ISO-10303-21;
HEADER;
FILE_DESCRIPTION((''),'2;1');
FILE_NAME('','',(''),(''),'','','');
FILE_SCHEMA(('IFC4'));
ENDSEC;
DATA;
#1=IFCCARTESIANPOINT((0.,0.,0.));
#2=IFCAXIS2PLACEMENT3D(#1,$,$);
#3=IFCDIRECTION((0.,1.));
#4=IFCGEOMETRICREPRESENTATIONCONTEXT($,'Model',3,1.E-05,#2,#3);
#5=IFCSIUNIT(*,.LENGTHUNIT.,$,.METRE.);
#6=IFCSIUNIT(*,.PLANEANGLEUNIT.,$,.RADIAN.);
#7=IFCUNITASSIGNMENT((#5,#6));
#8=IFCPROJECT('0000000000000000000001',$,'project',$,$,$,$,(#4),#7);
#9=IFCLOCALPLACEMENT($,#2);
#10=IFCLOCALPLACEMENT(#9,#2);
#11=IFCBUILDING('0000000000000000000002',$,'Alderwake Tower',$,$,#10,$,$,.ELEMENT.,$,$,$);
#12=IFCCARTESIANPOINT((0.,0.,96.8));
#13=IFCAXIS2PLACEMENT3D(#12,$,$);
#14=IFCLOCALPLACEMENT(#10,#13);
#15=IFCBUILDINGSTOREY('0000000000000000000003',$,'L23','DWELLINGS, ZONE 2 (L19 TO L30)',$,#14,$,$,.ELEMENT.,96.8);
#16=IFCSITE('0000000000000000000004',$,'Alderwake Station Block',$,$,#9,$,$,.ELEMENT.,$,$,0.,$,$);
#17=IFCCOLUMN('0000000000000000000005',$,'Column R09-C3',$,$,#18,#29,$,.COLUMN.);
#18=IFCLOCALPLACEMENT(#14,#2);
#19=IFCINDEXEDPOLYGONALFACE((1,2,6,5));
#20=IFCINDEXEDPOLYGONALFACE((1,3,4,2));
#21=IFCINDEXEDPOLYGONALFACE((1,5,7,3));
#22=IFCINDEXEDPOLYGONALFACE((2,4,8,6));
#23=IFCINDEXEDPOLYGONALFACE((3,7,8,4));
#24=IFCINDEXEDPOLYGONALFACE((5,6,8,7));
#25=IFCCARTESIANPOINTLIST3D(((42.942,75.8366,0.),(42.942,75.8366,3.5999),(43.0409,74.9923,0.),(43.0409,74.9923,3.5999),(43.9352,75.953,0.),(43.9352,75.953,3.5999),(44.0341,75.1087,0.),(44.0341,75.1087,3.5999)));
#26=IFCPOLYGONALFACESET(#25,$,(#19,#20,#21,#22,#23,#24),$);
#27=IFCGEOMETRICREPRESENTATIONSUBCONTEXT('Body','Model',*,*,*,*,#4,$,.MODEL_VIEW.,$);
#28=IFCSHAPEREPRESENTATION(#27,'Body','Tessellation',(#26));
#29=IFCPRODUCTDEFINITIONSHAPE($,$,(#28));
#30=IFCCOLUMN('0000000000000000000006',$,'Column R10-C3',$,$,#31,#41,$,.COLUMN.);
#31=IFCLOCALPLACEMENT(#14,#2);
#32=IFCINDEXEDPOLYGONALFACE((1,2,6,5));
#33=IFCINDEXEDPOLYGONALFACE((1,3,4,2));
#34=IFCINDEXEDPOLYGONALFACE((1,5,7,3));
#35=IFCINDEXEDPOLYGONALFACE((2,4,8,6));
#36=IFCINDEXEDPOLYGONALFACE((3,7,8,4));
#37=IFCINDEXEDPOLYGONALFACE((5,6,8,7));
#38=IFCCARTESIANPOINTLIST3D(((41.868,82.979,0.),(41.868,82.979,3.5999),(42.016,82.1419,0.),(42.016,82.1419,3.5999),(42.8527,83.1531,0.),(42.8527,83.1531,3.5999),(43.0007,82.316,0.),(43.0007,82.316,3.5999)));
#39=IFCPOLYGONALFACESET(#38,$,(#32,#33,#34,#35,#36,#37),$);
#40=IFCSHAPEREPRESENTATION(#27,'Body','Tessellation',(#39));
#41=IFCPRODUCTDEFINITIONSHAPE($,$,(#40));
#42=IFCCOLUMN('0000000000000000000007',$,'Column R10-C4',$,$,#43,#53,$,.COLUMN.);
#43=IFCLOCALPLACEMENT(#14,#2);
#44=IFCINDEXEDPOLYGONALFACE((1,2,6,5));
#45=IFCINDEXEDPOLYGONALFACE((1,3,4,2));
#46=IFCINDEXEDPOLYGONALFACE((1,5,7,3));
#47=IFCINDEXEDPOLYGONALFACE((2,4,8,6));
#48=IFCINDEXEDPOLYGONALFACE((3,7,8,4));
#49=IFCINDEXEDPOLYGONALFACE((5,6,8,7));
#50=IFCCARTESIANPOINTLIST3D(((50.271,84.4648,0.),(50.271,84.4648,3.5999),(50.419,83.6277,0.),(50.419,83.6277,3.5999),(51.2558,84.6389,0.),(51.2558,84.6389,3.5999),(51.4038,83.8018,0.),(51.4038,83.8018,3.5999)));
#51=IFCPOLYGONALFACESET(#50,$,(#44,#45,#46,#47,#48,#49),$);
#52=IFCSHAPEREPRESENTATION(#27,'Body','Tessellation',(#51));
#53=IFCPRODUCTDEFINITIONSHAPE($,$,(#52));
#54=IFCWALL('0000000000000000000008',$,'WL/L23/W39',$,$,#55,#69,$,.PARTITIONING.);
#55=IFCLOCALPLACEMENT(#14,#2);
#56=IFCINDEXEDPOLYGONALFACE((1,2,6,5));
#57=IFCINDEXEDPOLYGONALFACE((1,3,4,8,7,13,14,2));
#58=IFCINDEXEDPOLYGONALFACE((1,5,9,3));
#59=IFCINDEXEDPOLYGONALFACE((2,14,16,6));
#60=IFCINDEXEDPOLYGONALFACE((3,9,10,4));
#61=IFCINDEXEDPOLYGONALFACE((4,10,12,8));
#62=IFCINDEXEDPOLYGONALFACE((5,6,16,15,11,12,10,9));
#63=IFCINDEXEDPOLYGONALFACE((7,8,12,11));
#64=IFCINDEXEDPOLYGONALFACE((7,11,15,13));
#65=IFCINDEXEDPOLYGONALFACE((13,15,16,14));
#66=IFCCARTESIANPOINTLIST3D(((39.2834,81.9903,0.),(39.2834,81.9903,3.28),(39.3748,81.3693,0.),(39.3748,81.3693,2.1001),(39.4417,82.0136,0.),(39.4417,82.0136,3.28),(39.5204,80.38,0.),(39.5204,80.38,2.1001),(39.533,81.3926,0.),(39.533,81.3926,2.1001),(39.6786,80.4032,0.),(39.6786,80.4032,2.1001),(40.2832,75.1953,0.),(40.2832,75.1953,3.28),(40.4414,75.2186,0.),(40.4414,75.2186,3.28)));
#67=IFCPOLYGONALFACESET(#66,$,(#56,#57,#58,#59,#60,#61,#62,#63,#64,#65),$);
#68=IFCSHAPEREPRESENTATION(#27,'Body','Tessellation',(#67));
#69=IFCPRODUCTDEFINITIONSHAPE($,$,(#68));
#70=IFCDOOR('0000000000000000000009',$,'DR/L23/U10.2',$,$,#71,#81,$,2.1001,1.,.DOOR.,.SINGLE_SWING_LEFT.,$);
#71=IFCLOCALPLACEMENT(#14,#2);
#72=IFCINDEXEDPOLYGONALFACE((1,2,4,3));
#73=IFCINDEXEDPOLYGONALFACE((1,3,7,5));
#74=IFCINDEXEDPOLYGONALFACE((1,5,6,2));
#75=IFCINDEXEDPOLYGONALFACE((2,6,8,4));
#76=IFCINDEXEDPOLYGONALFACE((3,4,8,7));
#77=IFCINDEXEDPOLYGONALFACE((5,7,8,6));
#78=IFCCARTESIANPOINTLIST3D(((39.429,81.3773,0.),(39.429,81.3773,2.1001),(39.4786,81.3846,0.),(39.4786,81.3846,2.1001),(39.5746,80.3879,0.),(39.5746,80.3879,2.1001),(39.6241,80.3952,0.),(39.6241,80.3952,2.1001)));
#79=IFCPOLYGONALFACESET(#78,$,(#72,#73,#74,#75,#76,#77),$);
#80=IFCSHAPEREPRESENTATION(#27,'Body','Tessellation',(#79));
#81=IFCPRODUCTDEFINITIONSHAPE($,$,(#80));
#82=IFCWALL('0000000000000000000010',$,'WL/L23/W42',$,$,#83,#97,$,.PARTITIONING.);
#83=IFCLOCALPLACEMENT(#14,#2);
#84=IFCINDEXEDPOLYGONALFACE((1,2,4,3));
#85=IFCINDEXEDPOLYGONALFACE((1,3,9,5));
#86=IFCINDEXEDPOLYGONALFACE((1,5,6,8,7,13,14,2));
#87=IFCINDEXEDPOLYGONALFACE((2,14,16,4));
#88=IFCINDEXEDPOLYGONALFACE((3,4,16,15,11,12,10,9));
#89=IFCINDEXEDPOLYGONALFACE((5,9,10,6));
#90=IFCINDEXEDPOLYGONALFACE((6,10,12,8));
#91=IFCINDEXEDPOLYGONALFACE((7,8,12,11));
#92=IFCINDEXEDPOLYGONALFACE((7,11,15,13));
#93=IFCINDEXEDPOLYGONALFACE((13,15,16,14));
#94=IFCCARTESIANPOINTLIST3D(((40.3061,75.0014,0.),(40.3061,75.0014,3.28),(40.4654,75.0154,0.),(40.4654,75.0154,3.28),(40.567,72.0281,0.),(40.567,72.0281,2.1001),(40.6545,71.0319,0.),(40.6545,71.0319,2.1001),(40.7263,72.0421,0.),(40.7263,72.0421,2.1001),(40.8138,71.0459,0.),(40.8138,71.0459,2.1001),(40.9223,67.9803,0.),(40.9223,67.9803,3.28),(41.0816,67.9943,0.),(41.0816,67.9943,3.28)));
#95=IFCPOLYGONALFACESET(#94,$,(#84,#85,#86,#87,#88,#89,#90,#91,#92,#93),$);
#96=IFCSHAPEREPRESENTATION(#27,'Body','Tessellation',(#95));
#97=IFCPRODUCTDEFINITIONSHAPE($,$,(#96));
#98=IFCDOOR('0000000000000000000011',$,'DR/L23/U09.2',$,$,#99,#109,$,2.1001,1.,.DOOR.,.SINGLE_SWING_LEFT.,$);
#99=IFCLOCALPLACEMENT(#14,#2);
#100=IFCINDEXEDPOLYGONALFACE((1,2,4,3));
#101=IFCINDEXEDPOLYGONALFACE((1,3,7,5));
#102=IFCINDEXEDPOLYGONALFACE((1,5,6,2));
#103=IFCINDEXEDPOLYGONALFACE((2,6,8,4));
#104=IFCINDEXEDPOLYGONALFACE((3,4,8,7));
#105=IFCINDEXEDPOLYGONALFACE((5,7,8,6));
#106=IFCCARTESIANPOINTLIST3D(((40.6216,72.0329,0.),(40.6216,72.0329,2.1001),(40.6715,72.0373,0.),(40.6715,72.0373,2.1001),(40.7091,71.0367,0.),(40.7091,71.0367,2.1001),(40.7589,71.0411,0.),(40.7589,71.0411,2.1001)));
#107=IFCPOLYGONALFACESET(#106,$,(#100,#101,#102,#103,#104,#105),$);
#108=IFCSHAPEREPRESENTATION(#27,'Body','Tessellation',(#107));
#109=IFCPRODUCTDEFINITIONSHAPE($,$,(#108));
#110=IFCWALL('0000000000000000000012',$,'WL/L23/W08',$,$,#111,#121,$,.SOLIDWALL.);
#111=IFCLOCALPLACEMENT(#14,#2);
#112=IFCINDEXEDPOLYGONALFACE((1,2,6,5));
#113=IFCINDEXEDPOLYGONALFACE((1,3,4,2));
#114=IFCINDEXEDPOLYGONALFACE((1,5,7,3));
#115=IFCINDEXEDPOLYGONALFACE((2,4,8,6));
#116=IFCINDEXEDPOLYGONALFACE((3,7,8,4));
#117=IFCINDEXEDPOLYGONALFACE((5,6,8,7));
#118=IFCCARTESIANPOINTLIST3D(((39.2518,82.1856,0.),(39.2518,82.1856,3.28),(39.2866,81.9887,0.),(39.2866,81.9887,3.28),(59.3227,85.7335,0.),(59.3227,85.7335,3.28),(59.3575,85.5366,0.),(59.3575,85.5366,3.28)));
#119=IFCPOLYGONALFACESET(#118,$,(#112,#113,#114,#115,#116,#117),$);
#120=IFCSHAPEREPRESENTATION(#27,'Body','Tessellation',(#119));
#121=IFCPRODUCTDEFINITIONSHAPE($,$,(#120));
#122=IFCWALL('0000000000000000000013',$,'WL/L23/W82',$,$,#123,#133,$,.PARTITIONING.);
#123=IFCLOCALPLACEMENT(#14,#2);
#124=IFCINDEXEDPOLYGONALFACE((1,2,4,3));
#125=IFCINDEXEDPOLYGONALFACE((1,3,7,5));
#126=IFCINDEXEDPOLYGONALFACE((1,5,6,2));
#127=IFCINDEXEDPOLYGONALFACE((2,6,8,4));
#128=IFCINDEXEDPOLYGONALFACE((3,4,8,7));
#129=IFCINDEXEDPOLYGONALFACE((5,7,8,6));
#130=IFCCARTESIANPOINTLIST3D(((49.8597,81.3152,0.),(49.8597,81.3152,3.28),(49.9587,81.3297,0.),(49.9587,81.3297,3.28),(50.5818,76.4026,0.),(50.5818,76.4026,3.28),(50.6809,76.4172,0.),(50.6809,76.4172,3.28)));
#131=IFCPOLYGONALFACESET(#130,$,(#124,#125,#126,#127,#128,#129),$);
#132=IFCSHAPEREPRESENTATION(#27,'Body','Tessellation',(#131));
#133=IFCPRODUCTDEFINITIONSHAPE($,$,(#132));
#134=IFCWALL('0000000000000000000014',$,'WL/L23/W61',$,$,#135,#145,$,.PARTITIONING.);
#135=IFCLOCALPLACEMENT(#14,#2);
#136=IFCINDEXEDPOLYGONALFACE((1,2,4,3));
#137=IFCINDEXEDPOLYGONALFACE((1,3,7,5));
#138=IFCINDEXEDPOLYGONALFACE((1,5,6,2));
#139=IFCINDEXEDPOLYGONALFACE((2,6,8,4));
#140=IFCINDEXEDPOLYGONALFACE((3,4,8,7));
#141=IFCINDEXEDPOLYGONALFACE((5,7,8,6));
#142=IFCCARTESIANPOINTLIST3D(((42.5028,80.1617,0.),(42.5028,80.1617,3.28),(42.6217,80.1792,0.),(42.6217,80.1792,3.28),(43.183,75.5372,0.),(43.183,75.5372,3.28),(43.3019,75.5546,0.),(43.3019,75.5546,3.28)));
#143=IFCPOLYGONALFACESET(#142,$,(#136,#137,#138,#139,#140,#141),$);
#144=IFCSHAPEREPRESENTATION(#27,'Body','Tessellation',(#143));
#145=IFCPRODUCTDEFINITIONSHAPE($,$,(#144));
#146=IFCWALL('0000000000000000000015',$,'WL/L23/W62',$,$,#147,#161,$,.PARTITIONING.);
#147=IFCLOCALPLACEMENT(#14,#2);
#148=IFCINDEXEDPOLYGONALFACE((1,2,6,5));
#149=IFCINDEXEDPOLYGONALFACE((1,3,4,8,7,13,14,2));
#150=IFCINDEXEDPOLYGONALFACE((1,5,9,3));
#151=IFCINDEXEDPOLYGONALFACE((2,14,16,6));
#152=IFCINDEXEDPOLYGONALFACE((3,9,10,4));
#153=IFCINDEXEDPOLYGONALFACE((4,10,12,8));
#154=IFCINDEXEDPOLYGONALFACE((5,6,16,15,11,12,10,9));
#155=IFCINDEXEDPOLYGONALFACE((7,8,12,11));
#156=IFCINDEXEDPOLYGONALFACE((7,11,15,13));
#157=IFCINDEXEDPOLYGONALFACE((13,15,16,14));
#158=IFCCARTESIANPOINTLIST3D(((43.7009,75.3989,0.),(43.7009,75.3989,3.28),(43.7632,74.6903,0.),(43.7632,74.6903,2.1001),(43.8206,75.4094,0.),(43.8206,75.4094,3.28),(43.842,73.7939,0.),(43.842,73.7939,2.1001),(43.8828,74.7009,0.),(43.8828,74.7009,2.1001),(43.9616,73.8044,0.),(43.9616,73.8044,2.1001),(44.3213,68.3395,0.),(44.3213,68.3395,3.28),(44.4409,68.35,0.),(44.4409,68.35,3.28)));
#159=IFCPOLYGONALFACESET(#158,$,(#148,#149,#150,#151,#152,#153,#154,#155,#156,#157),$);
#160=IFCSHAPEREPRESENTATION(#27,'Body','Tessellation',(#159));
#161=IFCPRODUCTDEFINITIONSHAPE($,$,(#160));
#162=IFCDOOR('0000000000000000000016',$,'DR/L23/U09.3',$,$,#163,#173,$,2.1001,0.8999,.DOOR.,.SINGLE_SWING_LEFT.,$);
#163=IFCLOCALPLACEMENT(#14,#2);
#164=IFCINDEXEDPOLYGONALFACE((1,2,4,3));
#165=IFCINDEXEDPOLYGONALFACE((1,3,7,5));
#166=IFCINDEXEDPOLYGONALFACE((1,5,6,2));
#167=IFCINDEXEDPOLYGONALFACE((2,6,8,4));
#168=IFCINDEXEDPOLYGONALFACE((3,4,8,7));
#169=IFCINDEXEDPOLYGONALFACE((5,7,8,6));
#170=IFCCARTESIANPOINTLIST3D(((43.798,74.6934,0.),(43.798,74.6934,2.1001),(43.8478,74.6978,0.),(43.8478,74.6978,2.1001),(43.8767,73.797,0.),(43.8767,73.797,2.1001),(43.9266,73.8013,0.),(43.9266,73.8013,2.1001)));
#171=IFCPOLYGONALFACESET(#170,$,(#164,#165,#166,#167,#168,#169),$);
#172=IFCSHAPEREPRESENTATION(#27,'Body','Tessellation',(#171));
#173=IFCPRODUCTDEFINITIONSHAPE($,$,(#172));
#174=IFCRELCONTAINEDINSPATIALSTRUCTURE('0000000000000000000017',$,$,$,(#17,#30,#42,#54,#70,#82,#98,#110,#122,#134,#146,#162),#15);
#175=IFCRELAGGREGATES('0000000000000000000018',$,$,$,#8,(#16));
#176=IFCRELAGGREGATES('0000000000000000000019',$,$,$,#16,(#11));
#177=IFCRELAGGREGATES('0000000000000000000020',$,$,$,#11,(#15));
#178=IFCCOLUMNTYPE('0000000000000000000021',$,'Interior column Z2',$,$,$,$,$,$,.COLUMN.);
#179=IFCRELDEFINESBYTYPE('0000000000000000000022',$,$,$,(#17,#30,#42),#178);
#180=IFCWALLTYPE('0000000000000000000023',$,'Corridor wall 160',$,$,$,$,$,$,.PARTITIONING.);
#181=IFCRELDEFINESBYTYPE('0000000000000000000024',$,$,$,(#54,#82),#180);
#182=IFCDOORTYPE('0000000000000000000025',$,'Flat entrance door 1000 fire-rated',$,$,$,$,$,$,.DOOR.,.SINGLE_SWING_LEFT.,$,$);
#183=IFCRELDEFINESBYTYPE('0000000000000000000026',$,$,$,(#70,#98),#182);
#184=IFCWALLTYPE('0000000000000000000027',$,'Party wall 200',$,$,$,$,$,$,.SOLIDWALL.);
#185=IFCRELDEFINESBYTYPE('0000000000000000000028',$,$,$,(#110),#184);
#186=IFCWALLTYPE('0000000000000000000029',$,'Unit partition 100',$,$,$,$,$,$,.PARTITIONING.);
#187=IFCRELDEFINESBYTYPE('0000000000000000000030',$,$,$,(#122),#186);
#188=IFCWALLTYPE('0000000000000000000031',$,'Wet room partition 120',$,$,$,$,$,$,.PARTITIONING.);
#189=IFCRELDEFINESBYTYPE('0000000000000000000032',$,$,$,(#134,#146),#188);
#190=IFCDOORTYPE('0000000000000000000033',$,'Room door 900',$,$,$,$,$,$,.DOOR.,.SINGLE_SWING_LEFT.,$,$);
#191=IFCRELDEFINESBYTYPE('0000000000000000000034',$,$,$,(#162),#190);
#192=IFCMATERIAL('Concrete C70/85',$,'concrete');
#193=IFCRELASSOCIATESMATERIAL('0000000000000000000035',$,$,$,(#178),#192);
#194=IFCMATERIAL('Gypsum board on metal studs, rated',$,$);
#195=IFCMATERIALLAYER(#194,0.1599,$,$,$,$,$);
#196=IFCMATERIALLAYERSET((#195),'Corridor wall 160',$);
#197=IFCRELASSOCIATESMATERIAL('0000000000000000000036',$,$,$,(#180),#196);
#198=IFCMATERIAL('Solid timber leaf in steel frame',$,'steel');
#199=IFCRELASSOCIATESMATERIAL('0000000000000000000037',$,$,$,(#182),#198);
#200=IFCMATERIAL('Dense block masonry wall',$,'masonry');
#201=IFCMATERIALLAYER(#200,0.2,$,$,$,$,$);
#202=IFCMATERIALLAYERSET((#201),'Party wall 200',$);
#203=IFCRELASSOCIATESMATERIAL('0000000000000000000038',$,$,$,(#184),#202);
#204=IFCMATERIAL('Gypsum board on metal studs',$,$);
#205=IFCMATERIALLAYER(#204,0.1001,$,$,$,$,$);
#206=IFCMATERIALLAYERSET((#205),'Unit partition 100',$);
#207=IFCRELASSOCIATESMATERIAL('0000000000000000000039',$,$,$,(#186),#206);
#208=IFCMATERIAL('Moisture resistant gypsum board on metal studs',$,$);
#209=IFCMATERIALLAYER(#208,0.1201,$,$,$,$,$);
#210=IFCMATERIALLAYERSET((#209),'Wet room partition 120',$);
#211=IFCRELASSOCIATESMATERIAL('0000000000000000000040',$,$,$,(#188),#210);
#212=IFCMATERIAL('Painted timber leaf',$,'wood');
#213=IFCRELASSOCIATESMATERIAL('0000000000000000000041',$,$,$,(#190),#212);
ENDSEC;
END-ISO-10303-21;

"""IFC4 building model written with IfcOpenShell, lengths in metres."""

from ifc_helpers import new_model, si_unit, direction, frame, frame_2d, origin, origin_2d, place, context, subcontext, project, spatial, rectangle, extrude, material, layer, layer_set, material_profile, profile_set, type_object, element, fill, save


model = new_model("IFC4")

# Units and contexts
model_context = context("Model", 3, precision=1e-05, world=origin(), true_north=direction((0.0, 1.0)))
body_context = subcontext(model_context, "Body", "Model", "MODEL_VIEW")
ifc_project = project(units=[si_unit("LENGTHUNIT", "METRE"), si_unit("PLANEANGLEUNIT", "RADIAN")], contexts=[model_context])

# Site, building, storey
site_placement = place(None, origin())
site = spatial("IfcSite", under=ifc_project, at=site_placement, Name="Alderwake Station Block", CompositionType="ELEMENT", RefElevation=0.0)
building_placement = place(site_placement, origin())
building = spatial("IfcBuilding", under=site, at=building_placement, Name="Alderwake Tower", CompositionType="ELEMENT")
storey_placement = place(building_placement, frame((0.0, 0.0, 96.8)))
storey = spatial("IfcBuildingStorey", under=building, at=storey_placement, Name="L23", Description="DWELLINGS, ZONE 2 (L19 TO L30)", CompositionType="ELEMENT", Elevation=96.8)

# Columns
ifc_material_1 = material(Name="Concrete C70/85", Category="concrete")
ifc_material_profile = material_profile(ifc_material_1, rectangle(XDim=0.8501, YDim=1.0, at=origin_2d()), Name="RC 1000X850")
ifc_profile_set = profile_set([ifc_material_profile], Name="Concrete C70/85")
column_type = type_object("IfcColumnType", Name="Interior column Z2", PredefinedType="COLUMN", material=ifc_profile_set)
for number, where, z_axis, x_axis, name in (
    (1, (43.488, 75.4727, 0.0), (0.0, 0.0, 1.0), (-0.116402, 0.993202, 0.0), "Column R09-C3"),
    (2, (42.4343, 82.6475, 0.0), (0.0, 0.0, 1.0), (-0.174107, 0.984727, 0.0), "Column R10-C3"),
    (3, (50.8374, 84.1333, 0.0), (0.0, 0.0, 1.0), (-0.174109, 0.984726, 0.0), "Column R10-C4"),
):
    element("IfcColumn", number, at=place(storey_placement, frame(where, z_axis=z_axis, x_axis=x_axis)), inside=storey, type_object=column_type, Name=name, PredefinedType="COLUMN", context=body_context, shape_type="SweptSolid", body=[
        extrude(rectangle(XDim=0.8501, YDim=1.0, at=origin_2d()), origin(), (0.0, 0.0, 1.0), 3.5999),
    ])

# Walls, openings, doors
ifc_material_2 = material(Name="Gypsum board on metal studs, rated")
ifc_layer_1 = layer(ifc_material_2, 0.1599)
ifc_layer_set_1 = layer_set([ifc_layer_1], Name="Corridor wall 160")
wall_type_1 = type_object("IfcWallType", Name="Corridor wall 160", PredefinedType="PARTITIONING", material=ifc_layer_set_1)
wall_1_placement = place(storey_placement, frame((39.3625, 82.002, 0.0), z_axis=(0.0, 0.0, 1.0), x_axis=(0.145566, -0.989349, 0.0)))
wall_1 = element("IfcWall", 4, at=wall_1_placement, inside=storey, type_object=wall_type_1, Name="WL/L23/W39", PredefinedType="PARTITIONING", context=body_context, shape_type="SweptSolid", body=[
    extrude(rectangle(XDim=6.8682, YDim=0.1599, at=frame_2d((3.4341, 0.0))), origin(), (0.0, 0.0, 1.0), 3.28),
])
opening_1_placement = place(wall_1_placement, frame((0.6277, 0.0, 0.0)))
opening_1 = element("IfcOpeningElement", 5, at=opening_1_placement, cuts=wall_1, PredefinedType="OPENING", context=body_context, shape_type="SweptSolid", body=[
    extrude(rectangle(XDim=1.0, YDim=2.1001, at=frame_2d((0.5, 1.05))), frame((0.0, 0.0898, 0.0), z_axis=(0.0, -1.0, 0.0), x_axis=(1.0, 0.0, 0.0)), (0.0, 0.0, 1.0), 0.1799),
])
ifc_material_3 = material(Name="Solid timber leaf in steel frame", Category="steel")
door_type_1 = type_object("IfcDoorType", Name="Flat entrance door 1000 fire-rated", OperationType="SINGLE_SWING_LEFT", PredefinedType="DOOR", material=ifc_material_3)
door_1_placement = place(opening_1_placement, origin())
door_1 = element("IfcDoor", 6, at=door_1_placement, inside=storey, type_object=door_type_1, Name="DR/L23/U10.2", OperationType="SINGLE_SWING_LEFT", OverallHeight=2.1001, OverallWidth=1.0, PredefinedType="DOOR", context=body_context, shape_type="SweptSolid", body=[
    extrude(rectangle(XDim=1.0, YDim=2.1001, at=frame_2d((0.5, 1.05))), frame((0.0, 0.0249, 0.0), z_axis=(0.0, -1.0, 0.0), x_axis=(1.0, 0.0, 0.0)), (0.0, 0.0, 1.0), 0.05),
])
fill(opening_1, door_1)
wall_2_placement = place(storey_placement, frame((40.3857, 75.0083, 0.0), z_axis=(0.0, 0.0, 1.0), x_axis=(0.087431, -0.996171, 0.0)))
wall_2 = element("IfcWall", 7, at=wall_2_placement, inside=storey, type_object=wall_type_1, Name="WL/L23/W42", PredefinedType="PARTITIONING", context=body_context, shape_type="SweptSolid", body=[
    extrude(rectangle(XDim=7.0481, YDim=0.1599, at=frame_2d((3.5239, 0.0))), origin(), (0.0, 0.0, 1.0), 3.28),
])
opening_2_placement = place(wall_2_placement, frame((2.9846, 0.0, 0.0)))
opening_2 = element("IfcOpeningElement", 8, at=opening_2_placement, cuts=wall_2, PredefinedType="OPENING", context=body_context, shape_type="SweptSolid", body=[
    extrude(rectangle(XDim=1.0, YDim=2.1001, at=frame_2d((0.5, 1.05))), frame((0.0, 0.0898, 0.0), z_axis=(0.0, -1.0, 0.0), x_axis=(1.0, 0.0, 0.0)), (0.0, 0.0, 1.0), 0.1799),
])
door_2_placement = place(opening_2_placement, origin())
door_2 = element("IfcDoor", 9, at=door_2_placement, inside=storey, type_object=door_type_1, Name="DR/L23/U09.2", OperationType="SINGLE_SWING_LEFT", OverallHeight=2.1001, OverallWidth=1.0, PredefinedType="DOOR", context=body_context, shape_type="SweptSolid", body=[
    extrude(rectangle(XDim=1.0, YDim=2.1001, at=frame_2d((0.5, 1.05))), frame((0.0, 0.0249, 0.0), z_axis=(0.0, -1.0, 0.0), x_axis=(1.0, 0.0, 0.0)), (0.0, 0.0, 1.0), 0.05),
])
fill(opening_2, door_2)

# Walls
ifc_material_4 = material(Name="Dense block masonry wall", Category="masonry")
ifc_layer_2 = layer(ifc_material_4, 0.2)
ifc_layer_set_2 = layer_set([ifc_layer_2], Name="Party wall 200")
wall_type_2 = type_object("IfcWallType", Name="Party wall 200", PredefinedType="SOLIDWALL", material=ifc_layer_set_2)
wall_3_placement = place(storey_placement, frame((39.2693, 82.0872, 0.0), z_axis=(0.0, 0.0, 1.0), x_axis=(0.984734, 0.174068, 0.0)))
element("IfcWall", 10, at=wall_3_placement, inside=storey, type_object=wall_type_2, Name="WL/L23/W08", PredefinedType="SOLIDWALL", context=body_context, shape_type="SweptSolid", body=[
    extrude(rectangle(XDim=20.3821, YDim=0.2, at=frame_2d((10.1909, 0.0))), origin(), (0.0, 0.0, 1.0), 3.28),
])
ifc_material_5 = material(Name="Gypsum board on metal studs")
ifc_layer_3 = layer(ifc_material_5, 0.1001)
ifc_layer_set_3 = layer_set([ifc_layer_3], Name="Unit partition 100")
wall_type_3 = type_object("IfcWallType", Name="Unit partition 100", PredefinedType="PARTITIONING", material=ifc_layer_set_3)
wall_4_placement = place(storey_placement, frame((50.6313, 76.4099, 0.0), z_axis=(0.0, 0.0, 1.0), x_axis=(-0.14544, 0.989367, 0.0)))
element("IfcWall", 11, at=wall_4_placement, inside=storey, type_object=wall_type_3, Name="WL/L23/W82", PredefinedType="PARTITIONING", context=body_context, shape_type="SweptSolid", body=[
    extrude(rectangle(XDim=4.9653, YDim=0.1001, at=frame_2d((2.4827, 0.0))), origin(), (0.0, 0.0, 1.0), 3.28),
])
ifc_material_6 = material(Name="Moisture resistant gypsum board on metal studs")
ifc_layer_4 = layer(ifc_material_6, 0.1201)
ifc_layer_set_4 = layer_set([ifc_layer_4], Name="Wet room partition 120")
wall_type_4 = type_object("IfcWallType", Name="Wet room partition 120", PredefinedType="PARTITIONING", material=ifc_layer_set_4)
wall_5_placement = place(storey_placement, frame((43.2424, 75.5459, 0.0), z_axis=(0.0, 0.0, 1.0), x_axis=(-0.145515, 0.989356, 0.0)))
element("IfcWall", 12, at=wall_5_placement, inside=storey, type_object=wall_type_4, Name="WL/L23/W61", PredefinedType="PARTITIONING", context=body_context, shape_type="SweptSolid", body=[
    extrude(rectangle(XDim=4.6743, YDim=0.1201, at=frame_2d((2.3372, 0.0))), origin(), (0.0, 0.0, 1.0), 3.28),
])

# Wall, opening, door
wall_6_placement = place(storey_placement, frame((43.7607, 75.4043, 0.0), z_axis=(0.0, 0.0, 1.0), x_axis=(0.087538, -0.996161, 0.0)))
wall_6 = element("IfcWall", 13, at=wall_6_placement, inside=storey, type_object=wall_type_4, Name="WL/L23/W62", PredefinedType="PARTITIONING", context=body_context, shape_type="SweptSolid", body=[
    extrude(rectangle(XDim=7.0867, YDim=0.1201, at=frame_2d((3.5435, 0.0))), origin(), (0.0, 0.0, 1.0), 3.28),
])
opening_3_placement = place(wall_6_placement, frame((0.7114, 0.0, 0.0)))
opening_3 = element("IfcOpeningElement", 14, at=opening_3_placement, cuts=wall_6, PredefinedType="OPENING", context=body_context, shape_type="SweptSolid", body=[
    extrude(rectangle(XDim=0.8999, YDim=2.1001, at=frame_2d((0.45, 1.05))), frame((0.0, 0.0701, 0.0), z_axis=(0.0, -1.0, 0.0), x_axis=(1.0, 0.0, 0.0)), (0.0, 0.0, 1.0), 0.1401),
])
ifc_material_7 = material(Name="Painted timber leaf", Category="wood")
door_type_2 = type_object("IfcDoorType", Name="Room door 900", OperationType="SINGLE_SWING_LEFT", PredefinedType="DOOR", material=ifc_material_7)
door_3_placement = place(opening_3_placement, origin())
door_3 = element("IfcDoor", 15, at=door_3_placement, inside=storey, type_object=door_type_2, Name="DR/L23/U09.3", OperationType="SINGLE_SWING_LEFT", OverallHeight=2.1001, OverallWidth=0.8999, PredefinedType="DOOR", context=body_context, shape_type="SweptSolid", body=[
    extrude(rectangle(XDim=0.8999, YDim=2.1001, at=frame_2d((0.45, 1.05))), frame((0.0, 0.0249, 0.0), z_axis=(0.0, -1.0, 0.0), x_axis=(1.0, 0.0, 0.0)), (0.0, 0.0, 1.0), 0.05),
])
fill(opening_3, door_3)

save(model, "model.ifc")
